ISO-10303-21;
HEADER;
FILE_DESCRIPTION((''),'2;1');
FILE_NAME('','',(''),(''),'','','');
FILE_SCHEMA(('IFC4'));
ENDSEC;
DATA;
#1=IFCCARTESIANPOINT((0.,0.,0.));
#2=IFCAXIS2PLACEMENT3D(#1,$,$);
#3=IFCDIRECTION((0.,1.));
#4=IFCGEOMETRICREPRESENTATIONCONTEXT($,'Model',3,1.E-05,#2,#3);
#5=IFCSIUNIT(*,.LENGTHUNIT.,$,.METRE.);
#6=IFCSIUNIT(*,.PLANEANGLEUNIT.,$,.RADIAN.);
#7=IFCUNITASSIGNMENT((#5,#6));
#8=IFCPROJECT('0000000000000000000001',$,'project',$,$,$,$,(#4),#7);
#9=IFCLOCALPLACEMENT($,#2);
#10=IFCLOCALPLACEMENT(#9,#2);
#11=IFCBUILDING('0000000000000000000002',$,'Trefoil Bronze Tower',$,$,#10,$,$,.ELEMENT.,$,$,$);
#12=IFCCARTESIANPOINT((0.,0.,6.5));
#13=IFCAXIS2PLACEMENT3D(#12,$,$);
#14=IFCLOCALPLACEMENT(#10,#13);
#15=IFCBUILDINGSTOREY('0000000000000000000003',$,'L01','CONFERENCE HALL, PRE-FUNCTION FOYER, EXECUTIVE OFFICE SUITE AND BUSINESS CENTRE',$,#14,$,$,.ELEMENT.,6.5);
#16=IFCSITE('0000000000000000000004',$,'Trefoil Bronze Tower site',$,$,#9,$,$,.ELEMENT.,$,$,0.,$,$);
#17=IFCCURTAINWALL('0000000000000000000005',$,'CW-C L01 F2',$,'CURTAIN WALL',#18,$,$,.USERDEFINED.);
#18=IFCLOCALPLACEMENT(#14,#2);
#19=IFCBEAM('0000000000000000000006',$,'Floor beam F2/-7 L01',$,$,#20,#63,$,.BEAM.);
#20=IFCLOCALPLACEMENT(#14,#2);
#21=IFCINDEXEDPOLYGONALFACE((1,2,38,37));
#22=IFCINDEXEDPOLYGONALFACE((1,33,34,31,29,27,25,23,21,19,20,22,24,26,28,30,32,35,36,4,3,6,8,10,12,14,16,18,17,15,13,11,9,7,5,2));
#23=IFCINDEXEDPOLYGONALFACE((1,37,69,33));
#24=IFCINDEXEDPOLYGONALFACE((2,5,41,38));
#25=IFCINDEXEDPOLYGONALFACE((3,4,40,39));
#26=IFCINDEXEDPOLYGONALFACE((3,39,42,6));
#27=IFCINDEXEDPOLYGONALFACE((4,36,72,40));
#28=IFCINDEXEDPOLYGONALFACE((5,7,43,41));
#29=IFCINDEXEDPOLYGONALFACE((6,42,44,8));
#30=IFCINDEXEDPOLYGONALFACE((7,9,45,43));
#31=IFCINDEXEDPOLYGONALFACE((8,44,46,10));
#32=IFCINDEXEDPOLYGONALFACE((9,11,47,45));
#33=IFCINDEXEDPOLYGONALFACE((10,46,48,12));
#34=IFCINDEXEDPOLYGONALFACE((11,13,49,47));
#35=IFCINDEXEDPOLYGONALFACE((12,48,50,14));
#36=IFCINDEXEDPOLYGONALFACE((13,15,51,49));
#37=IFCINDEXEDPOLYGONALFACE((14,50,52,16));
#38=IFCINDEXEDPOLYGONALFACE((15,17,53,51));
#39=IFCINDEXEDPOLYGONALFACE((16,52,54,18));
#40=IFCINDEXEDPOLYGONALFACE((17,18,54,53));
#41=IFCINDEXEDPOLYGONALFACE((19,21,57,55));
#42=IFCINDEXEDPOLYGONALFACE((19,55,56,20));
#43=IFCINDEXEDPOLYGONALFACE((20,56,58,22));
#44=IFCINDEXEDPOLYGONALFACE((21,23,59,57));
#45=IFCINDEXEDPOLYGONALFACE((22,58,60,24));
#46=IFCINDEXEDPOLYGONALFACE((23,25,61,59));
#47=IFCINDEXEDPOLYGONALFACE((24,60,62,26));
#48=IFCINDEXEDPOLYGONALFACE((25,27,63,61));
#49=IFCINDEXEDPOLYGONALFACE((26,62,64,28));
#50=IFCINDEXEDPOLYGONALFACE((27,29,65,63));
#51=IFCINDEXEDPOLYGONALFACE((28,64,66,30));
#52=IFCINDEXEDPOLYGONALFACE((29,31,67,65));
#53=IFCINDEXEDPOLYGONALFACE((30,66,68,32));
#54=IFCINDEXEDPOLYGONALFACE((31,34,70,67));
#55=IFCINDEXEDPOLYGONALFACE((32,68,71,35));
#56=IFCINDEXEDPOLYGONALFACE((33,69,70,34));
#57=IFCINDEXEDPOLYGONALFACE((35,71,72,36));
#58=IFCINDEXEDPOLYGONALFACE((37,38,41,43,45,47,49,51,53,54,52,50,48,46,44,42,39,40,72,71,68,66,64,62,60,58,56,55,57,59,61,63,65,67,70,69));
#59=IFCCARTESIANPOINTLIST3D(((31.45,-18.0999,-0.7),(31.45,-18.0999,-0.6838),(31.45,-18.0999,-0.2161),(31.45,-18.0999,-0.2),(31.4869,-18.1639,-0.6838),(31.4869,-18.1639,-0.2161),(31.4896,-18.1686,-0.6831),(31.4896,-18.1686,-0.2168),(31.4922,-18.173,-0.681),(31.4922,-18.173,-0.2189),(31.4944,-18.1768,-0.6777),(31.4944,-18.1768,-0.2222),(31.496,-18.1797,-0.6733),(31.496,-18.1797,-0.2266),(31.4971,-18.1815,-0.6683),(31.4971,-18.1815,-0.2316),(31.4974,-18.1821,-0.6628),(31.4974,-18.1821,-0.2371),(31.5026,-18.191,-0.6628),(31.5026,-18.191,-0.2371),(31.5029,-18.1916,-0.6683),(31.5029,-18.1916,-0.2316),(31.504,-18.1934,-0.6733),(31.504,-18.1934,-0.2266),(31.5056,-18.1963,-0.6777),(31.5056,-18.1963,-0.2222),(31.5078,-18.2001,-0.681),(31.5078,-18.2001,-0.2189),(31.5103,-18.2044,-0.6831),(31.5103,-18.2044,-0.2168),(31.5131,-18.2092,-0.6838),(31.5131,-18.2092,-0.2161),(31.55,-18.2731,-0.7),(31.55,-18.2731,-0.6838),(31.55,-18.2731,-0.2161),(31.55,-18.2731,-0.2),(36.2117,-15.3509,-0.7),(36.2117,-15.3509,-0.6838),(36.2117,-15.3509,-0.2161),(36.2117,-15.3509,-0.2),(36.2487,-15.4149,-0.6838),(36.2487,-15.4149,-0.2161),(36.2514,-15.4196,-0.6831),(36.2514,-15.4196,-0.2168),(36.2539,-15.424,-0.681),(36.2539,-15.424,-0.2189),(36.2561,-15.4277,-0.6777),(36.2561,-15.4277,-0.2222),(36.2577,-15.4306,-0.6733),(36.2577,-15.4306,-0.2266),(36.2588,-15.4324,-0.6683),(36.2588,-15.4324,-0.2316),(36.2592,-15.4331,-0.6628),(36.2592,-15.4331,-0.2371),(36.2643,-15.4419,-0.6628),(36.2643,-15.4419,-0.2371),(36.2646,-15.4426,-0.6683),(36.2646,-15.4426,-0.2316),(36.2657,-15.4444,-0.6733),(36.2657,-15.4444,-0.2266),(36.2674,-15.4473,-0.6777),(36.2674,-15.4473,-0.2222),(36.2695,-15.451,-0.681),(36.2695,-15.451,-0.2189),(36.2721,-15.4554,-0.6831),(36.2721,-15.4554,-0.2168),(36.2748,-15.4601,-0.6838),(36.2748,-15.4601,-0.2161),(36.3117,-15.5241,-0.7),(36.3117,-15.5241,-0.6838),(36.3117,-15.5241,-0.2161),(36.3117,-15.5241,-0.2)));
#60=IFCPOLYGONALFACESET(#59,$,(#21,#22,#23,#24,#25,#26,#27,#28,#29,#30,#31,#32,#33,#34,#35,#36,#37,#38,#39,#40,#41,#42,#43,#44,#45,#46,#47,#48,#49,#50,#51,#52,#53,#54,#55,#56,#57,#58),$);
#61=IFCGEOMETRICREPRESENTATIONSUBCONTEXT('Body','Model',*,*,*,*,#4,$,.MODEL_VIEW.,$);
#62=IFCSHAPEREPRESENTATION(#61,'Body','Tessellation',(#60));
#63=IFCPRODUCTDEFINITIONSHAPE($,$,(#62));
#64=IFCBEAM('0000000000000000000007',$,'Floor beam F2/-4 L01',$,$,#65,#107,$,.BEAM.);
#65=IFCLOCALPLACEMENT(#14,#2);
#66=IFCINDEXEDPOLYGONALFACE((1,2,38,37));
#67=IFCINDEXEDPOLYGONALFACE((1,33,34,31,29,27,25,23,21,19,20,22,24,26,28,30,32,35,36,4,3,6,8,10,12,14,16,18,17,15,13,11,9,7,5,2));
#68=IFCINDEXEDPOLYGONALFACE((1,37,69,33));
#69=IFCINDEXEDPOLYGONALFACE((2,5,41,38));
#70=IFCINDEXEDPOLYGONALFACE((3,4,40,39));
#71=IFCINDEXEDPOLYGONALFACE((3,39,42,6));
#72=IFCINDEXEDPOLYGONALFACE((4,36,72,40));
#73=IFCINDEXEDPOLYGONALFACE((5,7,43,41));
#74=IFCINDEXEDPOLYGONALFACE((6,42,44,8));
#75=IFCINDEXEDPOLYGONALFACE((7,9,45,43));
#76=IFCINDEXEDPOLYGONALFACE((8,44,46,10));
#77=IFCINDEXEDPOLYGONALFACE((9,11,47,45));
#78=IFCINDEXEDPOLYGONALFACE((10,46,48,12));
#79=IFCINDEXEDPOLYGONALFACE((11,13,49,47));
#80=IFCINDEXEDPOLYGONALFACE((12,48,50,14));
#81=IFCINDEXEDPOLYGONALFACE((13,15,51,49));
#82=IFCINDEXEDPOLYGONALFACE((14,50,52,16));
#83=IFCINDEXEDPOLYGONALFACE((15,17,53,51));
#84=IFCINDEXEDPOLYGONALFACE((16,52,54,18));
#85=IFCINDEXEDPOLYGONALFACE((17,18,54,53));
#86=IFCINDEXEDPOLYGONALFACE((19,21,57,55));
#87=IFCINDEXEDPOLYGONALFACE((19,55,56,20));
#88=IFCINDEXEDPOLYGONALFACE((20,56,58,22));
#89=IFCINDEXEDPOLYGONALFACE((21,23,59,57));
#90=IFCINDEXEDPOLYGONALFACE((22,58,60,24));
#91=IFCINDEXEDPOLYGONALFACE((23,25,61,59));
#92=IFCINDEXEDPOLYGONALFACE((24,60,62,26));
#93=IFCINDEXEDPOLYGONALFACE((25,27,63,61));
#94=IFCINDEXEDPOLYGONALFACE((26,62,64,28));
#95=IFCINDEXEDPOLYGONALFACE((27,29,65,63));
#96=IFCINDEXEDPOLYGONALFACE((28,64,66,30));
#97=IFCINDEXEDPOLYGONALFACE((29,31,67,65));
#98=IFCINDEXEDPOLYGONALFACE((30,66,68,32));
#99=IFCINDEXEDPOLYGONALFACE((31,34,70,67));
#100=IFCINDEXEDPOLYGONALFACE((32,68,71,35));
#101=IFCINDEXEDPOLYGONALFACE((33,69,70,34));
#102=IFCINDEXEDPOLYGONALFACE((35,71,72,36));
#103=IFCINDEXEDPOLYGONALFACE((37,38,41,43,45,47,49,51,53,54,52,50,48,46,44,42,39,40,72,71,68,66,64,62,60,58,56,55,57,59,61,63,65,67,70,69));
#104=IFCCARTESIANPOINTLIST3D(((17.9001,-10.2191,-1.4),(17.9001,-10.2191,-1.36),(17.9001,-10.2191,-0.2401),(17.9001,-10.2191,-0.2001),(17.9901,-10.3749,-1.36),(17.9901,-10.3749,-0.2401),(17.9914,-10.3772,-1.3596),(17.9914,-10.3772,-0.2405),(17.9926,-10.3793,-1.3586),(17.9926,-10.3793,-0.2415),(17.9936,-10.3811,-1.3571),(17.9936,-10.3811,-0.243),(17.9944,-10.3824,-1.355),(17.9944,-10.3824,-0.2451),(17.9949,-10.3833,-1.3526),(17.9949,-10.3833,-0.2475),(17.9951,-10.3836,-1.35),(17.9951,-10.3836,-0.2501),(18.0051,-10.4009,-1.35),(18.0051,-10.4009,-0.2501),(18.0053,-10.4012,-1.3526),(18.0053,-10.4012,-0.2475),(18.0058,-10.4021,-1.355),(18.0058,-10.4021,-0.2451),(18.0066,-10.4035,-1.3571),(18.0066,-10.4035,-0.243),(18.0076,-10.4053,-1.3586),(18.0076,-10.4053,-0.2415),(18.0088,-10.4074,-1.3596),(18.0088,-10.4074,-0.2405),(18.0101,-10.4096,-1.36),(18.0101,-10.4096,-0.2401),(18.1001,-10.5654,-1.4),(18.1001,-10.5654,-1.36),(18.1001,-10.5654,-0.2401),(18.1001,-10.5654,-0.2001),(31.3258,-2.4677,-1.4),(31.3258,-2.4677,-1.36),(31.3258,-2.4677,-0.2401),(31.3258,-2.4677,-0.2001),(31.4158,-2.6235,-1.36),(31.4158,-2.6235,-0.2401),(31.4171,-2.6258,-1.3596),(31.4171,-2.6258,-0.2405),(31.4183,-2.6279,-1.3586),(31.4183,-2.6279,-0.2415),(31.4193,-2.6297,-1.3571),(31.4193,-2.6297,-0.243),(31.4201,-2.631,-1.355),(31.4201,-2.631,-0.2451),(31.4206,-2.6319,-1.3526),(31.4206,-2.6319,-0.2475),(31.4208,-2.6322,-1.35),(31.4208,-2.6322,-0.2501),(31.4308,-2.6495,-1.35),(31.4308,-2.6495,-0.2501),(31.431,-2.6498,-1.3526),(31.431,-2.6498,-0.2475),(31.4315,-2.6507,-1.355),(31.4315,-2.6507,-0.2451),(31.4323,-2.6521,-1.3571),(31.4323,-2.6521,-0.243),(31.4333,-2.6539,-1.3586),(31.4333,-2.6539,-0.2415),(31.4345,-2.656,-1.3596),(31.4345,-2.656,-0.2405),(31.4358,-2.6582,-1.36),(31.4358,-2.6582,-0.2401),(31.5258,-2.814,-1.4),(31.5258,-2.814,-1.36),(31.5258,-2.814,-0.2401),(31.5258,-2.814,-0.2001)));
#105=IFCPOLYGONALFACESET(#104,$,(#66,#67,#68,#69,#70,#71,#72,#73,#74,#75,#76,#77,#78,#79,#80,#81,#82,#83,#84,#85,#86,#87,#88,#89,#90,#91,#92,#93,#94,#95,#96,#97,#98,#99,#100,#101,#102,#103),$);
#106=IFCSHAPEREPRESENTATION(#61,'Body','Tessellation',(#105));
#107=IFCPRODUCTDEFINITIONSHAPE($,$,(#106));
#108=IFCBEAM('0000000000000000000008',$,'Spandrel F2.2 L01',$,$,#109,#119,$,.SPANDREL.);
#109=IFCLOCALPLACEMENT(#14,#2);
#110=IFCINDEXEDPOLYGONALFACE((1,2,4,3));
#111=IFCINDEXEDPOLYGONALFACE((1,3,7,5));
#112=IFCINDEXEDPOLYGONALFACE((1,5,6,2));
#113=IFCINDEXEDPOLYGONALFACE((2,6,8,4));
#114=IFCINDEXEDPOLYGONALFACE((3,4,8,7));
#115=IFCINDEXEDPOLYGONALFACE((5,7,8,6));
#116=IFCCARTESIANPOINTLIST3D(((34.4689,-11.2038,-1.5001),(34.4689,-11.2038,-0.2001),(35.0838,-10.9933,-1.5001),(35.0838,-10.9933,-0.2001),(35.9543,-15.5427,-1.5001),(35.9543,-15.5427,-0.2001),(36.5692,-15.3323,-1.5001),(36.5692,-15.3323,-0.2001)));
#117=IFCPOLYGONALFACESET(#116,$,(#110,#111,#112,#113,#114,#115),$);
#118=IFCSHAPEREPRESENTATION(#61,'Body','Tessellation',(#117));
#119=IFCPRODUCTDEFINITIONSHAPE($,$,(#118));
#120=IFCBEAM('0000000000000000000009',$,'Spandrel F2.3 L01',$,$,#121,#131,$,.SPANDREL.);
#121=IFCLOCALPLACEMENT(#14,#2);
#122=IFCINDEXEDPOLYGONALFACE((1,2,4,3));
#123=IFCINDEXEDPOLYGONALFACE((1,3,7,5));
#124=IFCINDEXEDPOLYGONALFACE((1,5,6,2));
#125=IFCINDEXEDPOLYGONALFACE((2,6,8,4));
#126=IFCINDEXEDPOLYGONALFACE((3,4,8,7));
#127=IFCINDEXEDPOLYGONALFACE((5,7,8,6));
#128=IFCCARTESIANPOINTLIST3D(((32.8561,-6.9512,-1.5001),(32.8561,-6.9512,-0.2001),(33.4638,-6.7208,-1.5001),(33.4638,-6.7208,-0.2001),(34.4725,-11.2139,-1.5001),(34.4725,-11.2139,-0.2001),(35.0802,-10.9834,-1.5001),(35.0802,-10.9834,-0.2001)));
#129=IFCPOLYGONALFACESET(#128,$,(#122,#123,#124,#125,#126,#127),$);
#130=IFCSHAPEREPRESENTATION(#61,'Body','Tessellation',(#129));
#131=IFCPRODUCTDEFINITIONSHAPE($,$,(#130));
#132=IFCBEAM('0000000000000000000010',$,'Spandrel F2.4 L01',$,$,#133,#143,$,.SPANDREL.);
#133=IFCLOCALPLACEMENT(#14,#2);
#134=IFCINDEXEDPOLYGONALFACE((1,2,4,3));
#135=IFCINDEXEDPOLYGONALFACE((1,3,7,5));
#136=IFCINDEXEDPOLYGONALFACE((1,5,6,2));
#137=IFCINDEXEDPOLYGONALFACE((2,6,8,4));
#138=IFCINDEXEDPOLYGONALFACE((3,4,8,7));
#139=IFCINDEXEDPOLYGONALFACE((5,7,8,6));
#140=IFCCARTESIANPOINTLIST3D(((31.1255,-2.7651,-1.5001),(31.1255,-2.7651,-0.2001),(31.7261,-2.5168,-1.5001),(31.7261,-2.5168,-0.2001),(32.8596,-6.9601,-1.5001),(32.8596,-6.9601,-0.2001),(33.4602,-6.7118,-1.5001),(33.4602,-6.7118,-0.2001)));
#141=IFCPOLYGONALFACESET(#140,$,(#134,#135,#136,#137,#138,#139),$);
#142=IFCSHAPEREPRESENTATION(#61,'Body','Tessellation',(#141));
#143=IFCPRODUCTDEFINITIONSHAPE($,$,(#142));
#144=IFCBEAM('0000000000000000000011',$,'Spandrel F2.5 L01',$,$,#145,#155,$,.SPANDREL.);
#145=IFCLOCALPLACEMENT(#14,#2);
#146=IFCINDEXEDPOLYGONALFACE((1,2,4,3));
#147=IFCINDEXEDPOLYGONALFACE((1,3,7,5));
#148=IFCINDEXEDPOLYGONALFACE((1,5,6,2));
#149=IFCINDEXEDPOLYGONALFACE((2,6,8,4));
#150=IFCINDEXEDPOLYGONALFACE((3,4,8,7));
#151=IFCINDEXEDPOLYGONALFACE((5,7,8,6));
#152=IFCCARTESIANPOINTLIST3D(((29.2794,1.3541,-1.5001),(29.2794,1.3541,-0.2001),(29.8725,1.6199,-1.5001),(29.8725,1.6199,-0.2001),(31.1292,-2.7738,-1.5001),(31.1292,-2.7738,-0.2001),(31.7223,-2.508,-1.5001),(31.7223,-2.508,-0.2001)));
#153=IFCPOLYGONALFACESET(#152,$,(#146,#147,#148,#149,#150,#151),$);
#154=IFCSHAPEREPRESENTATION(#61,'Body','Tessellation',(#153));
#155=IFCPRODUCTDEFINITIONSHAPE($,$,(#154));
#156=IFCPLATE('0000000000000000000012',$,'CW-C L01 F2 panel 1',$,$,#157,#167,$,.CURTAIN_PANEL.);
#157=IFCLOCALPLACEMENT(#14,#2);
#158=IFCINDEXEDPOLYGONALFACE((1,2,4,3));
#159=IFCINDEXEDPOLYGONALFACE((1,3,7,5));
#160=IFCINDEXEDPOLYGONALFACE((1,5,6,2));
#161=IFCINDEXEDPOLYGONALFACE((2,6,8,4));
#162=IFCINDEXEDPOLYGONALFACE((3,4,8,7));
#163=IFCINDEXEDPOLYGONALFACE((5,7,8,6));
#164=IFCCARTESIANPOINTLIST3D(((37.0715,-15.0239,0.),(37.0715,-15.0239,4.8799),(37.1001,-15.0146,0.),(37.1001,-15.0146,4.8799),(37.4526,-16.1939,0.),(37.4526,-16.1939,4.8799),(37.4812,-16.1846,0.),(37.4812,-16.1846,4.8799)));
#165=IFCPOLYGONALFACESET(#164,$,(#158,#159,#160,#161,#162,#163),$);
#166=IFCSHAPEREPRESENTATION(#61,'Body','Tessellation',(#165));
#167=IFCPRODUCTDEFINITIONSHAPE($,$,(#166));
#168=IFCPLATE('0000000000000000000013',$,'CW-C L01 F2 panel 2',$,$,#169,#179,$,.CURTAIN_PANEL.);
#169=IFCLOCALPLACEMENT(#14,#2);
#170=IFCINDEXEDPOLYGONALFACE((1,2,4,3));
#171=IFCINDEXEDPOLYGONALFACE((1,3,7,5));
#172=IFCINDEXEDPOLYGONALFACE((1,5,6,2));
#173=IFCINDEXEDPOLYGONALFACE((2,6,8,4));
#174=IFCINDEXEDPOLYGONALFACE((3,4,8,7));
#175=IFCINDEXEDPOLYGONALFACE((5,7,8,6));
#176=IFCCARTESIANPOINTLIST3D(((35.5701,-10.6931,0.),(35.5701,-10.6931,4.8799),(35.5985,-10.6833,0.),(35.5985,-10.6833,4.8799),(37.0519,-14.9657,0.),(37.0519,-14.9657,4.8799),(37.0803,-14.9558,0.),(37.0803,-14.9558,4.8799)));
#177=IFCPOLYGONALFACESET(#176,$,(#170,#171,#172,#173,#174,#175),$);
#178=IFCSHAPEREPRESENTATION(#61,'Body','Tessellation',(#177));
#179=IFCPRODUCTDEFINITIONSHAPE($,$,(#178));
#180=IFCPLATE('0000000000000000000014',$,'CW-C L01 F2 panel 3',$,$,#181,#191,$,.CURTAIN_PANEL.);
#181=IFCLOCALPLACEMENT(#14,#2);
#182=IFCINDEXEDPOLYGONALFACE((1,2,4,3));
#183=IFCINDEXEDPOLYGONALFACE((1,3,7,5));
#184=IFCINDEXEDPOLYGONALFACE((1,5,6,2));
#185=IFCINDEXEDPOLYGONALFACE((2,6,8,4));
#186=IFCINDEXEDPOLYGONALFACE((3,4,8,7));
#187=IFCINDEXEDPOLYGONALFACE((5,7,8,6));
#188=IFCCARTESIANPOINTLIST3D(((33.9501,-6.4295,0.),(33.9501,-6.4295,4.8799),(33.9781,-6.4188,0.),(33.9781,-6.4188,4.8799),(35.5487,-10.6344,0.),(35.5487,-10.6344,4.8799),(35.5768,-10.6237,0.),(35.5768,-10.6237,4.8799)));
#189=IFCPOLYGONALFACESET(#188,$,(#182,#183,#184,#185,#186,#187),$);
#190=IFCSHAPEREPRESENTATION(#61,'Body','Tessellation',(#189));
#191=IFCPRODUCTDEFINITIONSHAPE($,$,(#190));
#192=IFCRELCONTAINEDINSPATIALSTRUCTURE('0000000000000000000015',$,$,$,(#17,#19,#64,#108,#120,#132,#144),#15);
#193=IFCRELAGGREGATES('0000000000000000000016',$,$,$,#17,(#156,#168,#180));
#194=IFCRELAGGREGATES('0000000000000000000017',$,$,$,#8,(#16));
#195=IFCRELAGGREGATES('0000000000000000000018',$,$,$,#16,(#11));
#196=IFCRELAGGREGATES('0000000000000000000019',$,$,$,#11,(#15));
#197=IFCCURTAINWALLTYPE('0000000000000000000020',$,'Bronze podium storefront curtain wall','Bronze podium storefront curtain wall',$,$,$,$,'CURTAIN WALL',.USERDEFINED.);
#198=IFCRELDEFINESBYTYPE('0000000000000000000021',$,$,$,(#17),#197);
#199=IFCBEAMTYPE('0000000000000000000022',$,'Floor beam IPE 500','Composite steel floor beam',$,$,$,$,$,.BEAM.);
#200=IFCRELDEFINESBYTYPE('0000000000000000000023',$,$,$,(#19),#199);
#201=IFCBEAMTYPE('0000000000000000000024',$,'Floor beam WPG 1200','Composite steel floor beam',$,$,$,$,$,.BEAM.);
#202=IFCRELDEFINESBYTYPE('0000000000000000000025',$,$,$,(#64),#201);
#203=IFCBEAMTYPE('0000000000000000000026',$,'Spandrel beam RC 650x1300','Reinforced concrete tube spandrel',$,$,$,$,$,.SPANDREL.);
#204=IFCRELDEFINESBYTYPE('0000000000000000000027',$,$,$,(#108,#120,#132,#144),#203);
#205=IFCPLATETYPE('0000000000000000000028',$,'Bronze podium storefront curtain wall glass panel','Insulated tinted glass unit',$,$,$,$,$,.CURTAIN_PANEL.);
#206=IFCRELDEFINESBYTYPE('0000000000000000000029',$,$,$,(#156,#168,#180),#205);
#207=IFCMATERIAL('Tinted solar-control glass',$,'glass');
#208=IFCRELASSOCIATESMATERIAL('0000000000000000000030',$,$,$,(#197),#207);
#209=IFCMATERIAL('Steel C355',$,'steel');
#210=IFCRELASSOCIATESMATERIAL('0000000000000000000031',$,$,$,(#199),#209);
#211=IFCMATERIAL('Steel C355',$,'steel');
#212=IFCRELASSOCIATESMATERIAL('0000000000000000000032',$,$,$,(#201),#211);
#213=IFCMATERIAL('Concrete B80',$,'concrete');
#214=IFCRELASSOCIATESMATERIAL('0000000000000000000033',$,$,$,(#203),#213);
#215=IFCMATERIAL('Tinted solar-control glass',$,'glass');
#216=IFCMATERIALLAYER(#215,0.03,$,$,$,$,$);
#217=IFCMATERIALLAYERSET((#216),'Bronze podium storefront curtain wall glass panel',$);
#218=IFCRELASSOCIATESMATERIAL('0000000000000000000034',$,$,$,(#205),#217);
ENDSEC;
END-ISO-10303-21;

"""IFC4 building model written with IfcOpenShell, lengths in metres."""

from ifc_helpers import new_model, si_unit, direction, frame, origin, origin_2d, place, context, subcontext, project, spatial, rectangle, i_section, extrude, material, layer, layer_set, material_profile, profile_set, type_object, element, aggregate, save


model = new_model("IFC4")

# Units and contexts
model_context = context("Model", 3, precision=1e-05, world=origin(), true_north=direction((0.0, 1.0)))
body_context = subcontext(model_context, "Body", "Model", "MODEL_VIEW")
ifc_project = project(units=[si_unit("LENGTHUNIT", "METRE"), si_unit("PLANEANGLEUNIT", "RADIAN")], contexts=[model_context])

# Site, building, storey
site_placement = place(None, origin())
site = spatial("IfcSite", under=ifc_project, at=site_placement, Name="Trefoil Bronze Tower site", CompositionType="ELEMENT", RefElevation=0.0)
building_placement = place(site_placement, origin())
building = spatial("IfcBuilding", under=site, at=building_placement, Name="Trefoil Bronze Tower", CompositionType="ELEMENT")
storey_placement = place(building_placement, frame((0.0, 0.0, 6.5)))
storey = spatial("IfcBuildingStorey", under=building, at=storey_placement, Name="L01", Description="CONFERENCE HALL, PRE-FUNCTION FOYER, EXECUTIVE OFFICE SUITE AND BUSINESS CENTRE", CompositionType="ELEMENT", Elevation=6.5)

# Curtain wall
ifc_material_1 = material(Name="Tinted solar-control glass", Category="glass")
curtain_wall_type_1 = type_object("IfcCurtainWallType", Name="Bronze podium storefront curtain wall", Description="Bronze podium storefront curtain wall", ElementType="CURTAIN WALL", PredefinedType="USERDEFINED", material=ifc_material_1)
curtain_wall_1_placement = place(storey_placement, origin())
curtain_wall_1 = element("IfcCurtainWall", 1, at=curtain_wall_1_placement, inside=storey, type_object=curtain_wall_type_1, Name="CW-C L01 F2", ObjectType="CURTAIN WALL", PredefinedType="USERDEFINED")

# Beams
ifc_material_2 = material(Name="Steel C355", Category="steel")
ifc_material_profile_1 = material_profile(ifc_material_2, i_section(OverallWidth=0.2, OverallDepth=0.5, WebThickness=0.0103, FlangeThickness=0.0161, FilletRadius=0.021, at=origin_2d()), Name="IPE 500")
ifc_profile_set_1 = profile_set([ifc_material_profile_1], Name="Steel C355")
beam_type_1 = type_object("IfcBeamType", Name="Floor beam IPE 500", Description="Composite steel floor beam", PredefinedType="BEAM", material=ifc_profile_set_1)
beam_1_placement = place(storey_placement, frame((36.2617, -15.4375, -0.45), z_axis=(-0.866038, -0.499979, 0.0), x_axis=(0.499979, -0.866038, 0.0)))
element("IfcBeam", 2, at=beam_1_placement, inside=storey, type_object=beam_type_1, Name="Floor beam F2/-7 L01", PredefinedType="BEAM", context=body_context, shape_type="SweptSolid", body=[
    extrude(i_section(OverallWidth=0.2, OverallDepth=0.5, WebThickness=0.0103, FlangeThickness=0.0161, FilletRadius=0.021, at=origin_2d()), origin(), (0.0, 0.0, 1.0), 5.4983),
])
ifc_material_3 = material(Name="Steel C355", Category="steel")
ifc_material_profile_2 = material_profile(ifc_material_3, i_section(OverallWidth=0.3999, OverallDepth=1.2, WebThickness=0.02, FlangeThickness=0.04, FilletRadius=0.01, at=origin_2d()), Name="WPG 1200")
ifc_profile_set_2 = profile_set([ifc_material_profile_2], Name="Steel C355")
beam_type_2 = type_object("IfcBeamType", Name="Floor beam WPG 1200", Description="Composite steel floor beam", PredefinedType="BEAM", material=ifc_profile_set_2)
beam_2_placement = place(storey_placement, frame((31.4258, -2.6409, -0.8), z_axis=(-0.866023, -0.500004, 0.0), x_axis=(0.500004, -0.866023, 0.0)))
element("IfcBeam", 3, at=beam_2_placement, inside=storey, type_object=beam_type_2, Name="Floor beam F2/-4 L01", PredefinedType="BEAM", context=body_context, shape_type="SweptSolid", body=[
    extrude(i_section(OverallWidth=0.3999, OverallDepth=1.2, WebThickness=0.02, FlangeThickness=0.04, FilletRadius=0.01, at=origin_2d()), origin(), (0.0, 0.0, 1.0), 15.5027),
])
ifc_material_4 = material(Name="Concrete B80", Category="concrete")
ifc_material_profile_3 = material_profile(ifc_material_4, rectangle(XDim=0.6499, YDim=1.3, at=origin_2d()), Name="RC 650x1300")
ifc_profile_set_3 = profile_set([ifc_material_profile_3], Name="Concrete B80")
beam_type_3 = type_object("IfcBeamType", Name="Spandrel beam RC 650x1300", Description="Reinforced concrete tube spandrel", PredefinedType="SPANDREL", material=ifc_profile_set_3)
beam_3_placement = place(storey_placement, frame((36.2617, -15.4375, -0.8501), z_axis=(-0.323883, 0.946097, 0.0), x_axis=(-0.946097, -0.323883, 0.0)))
element("IfcBeam", 4, at=beam_3_placement, inside=storey, type_object=beam_type_3, Name="Spandrel F2.2 L01", PredefinedType="SPANDREL", context=body_context, shape_type="SweptSolid", body=[
    extrude(rectangle(XDim=0.6499, YDim=1.3, at=origin_2d()), origin(), (0.0, 0.0, 1.0), 4.5862),
])
beam_4_placement = place(storey_placement, frame((34.7764, -11.0986, -0.8501), z_axis=(-0.354572, 0.935029, 0.0), x_axis=(-0.935029, -0.354572, 0.0)))
element("IfcBeam", 5, at=beam_4_placement, inside=storey, type_object=beam_type_3, Name="Spandrel F2.3 L01", PredefinedType="SPANDREL", context=body_context, shape_type="SweptSolid", body=[
    extrude(rectangle(XDim=0.6499, YDim=1.3, at=origin_2d()), origin(), (0.0, 0.0, 1.0), 4.5588),
])
beam_5_placement = place(storey_placement, frame((33.1599, -6.8359, -0.8501), z_axis=(-0.382021, 0.924154, 0.0), x_axis=(-0.924154, -0.382021, 0.0)))
element("IfcBeam", 6, at=beam_5_placement, inside=storey, type_object=beam_type_3, Name="Spandrel F2.4 L01", PredefinedType="SPANDREL", context=body_context, shape_type="SweptSolid", body=[
    extrude(rectangle(XDim=0.6499, YDim=1.3, at=origin_2d()), origin(), (0.0, 0.0, 1.0), 4.5393),
])
beam_6_placement = place(storey_placement, frame((31.4258, -2.6409, -0.8501), z_axis=(-0.408946, 0.912559, 0.0), x_axis=(-0.912559, -0.408946, 0.0)))
element("IfcBeam", 7, at=beam_6_placement, inside=storey, type_object=beam_type_3, Name="Spandrel F2.5 L01", PredefinedType="SPANDREL", context=body_context, shape_type="SweptSolid", body=[
    extrude(rectangle(XDim=0.6499, YDim=1.3, at=origin_2d()), origin(), (0.0, 0.0, 1.0), 4.5234),
])

# Plates
ifc_material_5 = material(Name="Tinted solar-control glass", Category="glass")
ifc_layer_1 = layer(ifc_material_5, 0.03)
ifc_layer_set_1 = layer_set([ifc_layer_1], Name="Bronze podium storefront curtain wall glass panel")
plate_type_1 = type_object("IfcPlateType", Name="Bronze podium storefront curtain wall glass panel", Description="Insulated tinted glass unit", PredefinedType="CURTAIN_PANEL", material=ifc_layer_set_1)
plate_1_placement = place(storey_placement, frame((37.2764, -15.6042, 0.0), z_axis=(0.0, 0.0, 1.0), x_axis=(-0.309728, 0.950825, 0.0)))
plate_1 = element("IfcPlate", 8, at=plate_1_placement, type_object=plate_type_1, Name="CW-C L01 F2 panel 1", PredefinedType="CURTAIN_PANEL", context=body_context, shape_type="SweptSolid", body=[
    extrude(rectangle(XDim=1.2305, YDim=0.03, at=origin_2d()), origin(), (0.0, 0.0, 1.0), 4.8799),
])
plate_2_placement = place(storey_placement, frame((36.3252, -12.8245, 0.0), z_axis=(0.0, 0.0, 1.0), x_axis=(-0.327674, 0.944791, 0.0)))
plate_2 = element("IfcPlate", 9, at=plate_2_placement, type_object=plate_type_1, Name="CW-C L01 F2 panel 2", PredefinedType="CURTAIN_PANEL", context=body_context, shape_type="SweptSolid", body=[
    extrude(rectangle(XDim=4.5222, YDim=0.03, at=origin_2d()), origin(), (0.0, 0.0, 1.0), 4.8799),
])
plate_3_placement = place(storey_placement, frame((34.7634, -8.5266, 0.0), z_axis=(0.0, 0.0, 1.0), x_axis=(-0.355371, 0.934725, 0.0)))
plate_3 = element("IfcPlate", 10, at=plate_3_placement, type_object=plate_type_1, Name="CW-C L01 F2 panel 3", PredefinedType="CURTAIN_PANEL", context=body_context, shape_type="SweptSolid", body=[
    extrude(rectangle(XDim=4.4985, YDim=0.03, at=origin_2d()), origin(), (0.0, 0.0, 1.0), 4.8799),
])
aggregate(curtain_wall_1, [plate_1, plate_2, plate_3])

save(model, "model.ifc")
